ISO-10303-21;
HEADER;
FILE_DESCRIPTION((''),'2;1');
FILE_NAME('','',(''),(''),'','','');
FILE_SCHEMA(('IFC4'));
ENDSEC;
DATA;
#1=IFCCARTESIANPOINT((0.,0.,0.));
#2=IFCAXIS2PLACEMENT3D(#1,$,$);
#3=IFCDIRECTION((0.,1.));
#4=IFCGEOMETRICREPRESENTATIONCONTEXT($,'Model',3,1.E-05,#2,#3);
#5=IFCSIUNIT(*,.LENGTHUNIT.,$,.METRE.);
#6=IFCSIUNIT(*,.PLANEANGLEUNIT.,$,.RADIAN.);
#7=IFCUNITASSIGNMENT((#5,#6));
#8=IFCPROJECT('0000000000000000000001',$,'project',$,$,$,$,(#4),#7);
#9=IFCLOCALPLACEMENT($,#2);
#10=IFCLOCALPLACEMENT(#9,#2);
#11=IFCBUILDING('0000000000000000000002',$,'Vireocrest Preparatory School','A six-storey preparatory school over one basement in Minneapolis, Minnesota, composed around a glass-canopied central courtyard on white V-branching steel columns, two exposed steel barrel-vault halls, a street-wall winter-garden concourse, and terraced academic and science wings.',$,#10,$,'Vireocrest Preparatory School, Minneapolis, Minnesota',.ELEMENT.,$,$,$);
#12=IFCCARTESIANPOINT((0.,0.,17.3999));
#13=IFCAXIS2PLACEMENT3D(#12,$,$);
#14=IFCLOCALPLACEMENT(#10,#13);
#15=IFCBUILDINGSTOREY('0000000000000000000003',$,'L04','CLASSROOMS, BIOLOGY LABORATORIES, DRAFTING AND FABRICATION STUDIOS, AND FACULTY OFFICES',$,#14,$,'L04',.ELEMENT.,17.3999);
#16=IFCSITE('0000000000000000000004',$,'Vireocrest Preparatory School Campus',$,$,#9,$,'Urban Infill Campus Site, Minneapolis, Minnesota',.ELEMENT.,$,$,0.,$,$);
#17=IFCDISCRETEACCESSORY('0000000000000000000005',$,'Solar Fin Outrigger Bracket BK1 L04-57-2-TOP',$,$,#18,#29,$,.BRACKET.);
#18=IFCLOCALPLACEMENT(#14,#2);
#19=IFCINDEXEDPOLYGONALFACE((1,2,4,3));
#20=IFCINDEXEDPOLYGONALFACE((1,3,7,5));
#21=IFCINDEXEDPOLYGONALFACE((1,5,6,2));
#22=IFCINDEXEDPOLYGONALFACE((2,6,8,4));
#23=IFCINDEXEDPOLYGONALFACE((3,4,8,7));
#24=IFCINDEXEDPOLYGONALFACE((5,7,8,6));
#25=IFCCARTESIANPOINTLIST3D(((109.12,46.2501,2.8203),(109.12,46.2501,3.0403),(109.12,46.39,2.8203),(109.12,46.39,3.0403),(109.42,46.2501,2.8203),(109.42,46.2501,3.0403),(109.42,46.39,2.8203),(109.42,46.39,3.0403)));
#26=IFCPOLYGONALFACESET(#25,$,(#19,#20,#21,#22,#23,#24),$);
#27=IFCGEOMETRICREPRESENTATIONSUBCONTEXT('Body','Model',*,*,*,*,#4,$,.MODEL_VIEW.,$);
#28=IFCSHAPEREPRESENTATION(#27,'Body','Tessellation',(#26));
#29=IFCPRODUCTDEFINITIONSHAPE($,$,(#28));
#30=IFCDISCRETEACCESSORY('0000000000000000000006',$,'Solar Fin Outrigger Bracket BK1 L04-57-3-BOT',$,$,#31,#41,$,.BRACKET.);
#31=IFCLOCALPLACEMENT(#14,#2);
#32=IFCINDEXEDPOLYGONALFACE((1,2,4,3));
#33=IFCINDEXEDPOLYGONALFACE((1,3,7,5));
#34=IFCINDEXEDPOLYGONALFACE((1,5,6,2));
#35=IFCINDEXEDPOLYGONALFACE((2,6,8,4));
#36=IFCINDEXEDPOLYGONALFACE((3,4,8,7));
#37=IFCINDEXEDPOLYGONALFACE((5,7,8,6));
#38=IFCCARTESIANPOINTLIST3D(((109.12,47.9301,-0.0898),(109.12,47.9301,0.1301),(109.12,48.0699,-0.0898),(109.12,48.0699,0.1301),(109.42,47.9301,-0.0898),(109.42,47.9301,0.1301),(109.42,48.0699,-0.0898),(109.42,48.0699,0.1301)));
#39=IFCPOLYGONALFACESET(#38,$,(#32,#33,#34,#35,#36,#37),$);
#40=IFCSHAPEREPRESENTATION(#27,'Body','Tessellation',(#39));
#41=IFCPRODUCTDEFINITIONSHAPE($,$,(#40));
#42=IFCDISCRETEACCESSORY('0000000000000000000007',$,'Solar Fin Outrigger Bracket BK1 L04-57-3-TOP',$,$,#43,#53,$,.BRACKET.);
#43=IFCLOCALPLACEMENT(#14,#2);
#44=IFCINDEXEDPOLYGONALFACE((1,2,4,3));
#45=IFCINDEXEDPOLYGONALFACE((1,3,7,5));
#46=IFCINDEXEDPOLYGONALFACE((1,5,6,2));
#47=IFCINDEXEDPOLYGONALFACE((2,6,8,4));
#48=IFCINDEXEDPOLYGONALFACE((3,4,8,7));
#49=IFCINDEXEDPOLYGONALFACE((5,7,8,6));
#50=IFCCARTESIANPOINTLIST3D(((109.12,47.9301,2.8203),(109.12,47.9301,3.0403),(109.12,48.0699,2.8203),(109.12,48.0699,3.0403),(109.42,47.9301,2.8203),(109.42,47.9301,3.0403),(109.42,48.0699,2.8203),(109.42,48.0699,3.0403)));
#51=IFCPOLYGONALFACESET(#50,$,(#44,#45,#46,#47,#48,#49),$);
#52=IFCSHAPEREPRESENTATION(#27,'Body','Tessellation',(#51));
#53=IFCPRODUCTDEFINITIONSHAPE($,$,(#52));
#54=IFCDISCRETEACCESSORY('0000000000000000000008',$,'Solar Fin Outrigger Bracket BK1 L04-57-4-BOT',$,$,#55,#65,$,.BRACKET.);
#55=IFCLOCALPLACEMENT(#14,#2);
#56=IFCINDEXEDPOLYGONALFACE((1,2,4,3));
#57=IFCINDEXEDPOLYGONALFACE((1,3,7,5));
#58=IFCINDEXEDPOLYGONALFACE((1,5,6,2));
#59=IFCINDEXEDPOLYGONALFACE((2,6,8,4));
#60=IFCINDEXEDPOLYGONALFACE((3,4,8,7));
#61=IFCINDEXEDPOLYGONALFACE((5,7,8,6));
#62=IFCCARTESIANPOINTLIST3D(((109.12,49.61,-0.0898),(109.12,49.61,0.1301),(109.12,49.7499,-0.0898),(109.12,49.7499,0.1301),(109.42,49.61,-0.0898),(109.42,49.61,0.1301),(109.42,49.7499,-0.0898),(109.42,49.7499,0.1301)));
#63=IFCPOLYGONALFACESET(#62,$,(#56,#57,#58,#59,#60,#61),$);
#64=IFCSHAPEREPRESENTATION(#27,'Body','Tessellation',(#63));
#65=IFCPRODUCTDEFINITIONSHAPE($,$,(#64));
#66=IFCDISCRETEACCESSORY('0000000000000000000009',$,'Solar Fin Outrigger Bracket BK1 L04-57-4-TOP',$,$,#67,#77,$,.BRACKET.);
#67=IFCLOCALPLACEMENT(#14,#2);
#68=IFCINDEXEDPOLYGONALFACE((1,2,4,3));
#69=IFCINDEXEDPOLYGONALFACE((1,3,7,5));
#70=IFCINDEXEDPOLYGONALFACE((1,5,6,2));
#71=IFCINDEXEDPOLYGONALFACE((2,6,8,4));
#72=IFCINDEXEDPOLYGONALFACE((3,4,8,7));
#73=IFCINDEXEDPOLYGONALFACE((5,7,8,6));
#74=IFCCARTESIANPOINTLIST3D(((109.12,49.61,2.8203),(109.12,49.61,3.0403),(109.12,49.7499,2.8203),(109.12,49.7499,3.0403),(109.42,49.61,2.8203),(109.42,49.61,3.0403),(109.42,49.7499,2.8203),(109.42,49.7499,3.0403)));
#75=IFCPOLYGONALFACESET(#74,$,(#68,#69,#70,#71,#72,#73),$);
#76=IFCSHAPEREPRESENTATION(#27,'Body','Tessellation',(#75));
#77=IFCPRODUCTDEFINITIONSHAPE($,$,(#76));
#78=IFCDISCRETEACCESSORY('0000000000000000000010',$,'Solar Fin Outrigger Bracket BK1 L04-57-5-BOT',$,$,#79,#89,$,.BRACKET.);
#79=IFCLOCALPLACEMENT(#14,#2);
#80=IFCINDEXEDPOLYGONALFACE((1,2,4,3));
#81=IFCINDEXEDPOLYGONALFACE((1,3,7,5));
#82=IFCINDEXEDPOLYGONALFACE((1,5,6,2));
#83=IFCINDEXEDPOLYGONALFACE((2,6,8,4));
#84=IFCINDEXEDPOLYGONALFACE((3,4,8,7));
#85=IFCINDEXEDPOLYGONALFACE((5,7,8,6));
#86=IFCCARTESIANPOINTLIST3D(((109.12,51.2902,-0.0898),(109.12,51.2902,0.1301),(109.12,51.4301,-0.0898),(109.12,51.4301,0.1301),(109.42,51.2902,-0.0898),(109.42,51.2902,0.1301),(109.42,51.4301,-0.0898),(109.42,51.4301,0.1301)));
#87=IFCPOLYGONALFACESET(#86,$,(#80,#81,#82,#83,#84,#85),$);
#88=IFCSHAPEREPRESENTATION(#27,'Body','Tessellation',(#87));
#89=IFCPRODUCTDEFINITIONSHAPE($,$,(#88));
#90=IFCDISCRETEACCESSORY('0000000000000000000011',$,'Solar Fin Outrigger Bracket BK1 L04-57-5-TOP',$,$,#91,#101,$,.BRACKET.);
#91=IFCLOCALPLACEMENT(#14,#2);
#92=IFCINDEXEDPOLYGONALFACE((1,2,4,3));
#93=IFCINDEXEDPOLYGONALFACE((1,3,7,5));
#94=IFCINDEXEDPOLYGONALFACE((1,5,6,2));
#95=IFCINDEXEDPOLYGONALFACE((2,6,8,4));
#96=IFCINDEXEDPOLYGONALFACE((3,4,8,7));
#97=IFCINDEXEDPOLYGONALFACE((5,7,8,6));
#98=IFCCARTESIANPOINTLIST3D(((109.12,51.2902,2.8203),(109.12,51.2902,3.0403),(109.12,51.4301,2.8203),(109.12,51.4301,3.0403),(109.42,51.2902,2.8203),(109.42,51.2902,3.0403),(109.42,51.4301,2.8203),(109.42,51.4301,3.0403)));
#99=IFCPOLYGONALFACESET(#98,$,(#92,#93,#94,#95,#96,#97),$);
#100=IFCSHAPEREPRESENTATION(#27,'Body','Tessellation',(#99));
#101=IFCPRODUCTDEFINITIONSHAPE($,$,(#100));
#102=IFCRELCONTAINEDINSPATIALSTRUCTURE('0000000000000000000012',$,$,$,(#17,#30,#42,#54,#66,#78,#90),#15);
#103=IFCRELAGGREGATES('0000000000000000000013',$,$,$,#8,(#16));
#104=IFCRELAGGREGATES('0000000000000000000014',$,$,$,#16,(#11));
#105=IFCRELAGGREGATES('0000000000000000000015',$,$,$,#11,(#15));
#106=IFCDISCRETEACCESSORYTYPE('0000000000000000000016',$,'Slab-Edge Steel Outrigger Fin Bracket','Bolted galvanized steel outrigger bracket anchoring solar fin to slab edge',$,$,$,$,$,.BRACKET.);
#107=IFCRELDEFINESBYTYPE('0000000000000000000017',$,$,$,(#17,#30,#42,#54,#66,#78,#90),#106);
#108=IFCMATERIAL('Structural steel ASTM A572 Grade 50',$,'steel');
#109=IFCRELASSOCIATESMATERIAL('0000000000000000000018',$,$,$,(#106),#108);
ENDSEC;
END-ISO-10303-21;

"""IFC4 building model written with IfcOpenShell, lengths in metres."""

from ifc_helpers import new_model, si_unit, direction, frame, origin, origin_2d, place, context, subcontext, project, spatial, rectangle, extrude, material, type_object, element, save


model = new_model("IFC4")

# Units and contexts
model_context = context("Model", 3, precision=1e-05, world=origin(), true_north=direction((0.0, 1.0)))
body_context = subcontext(model_context, "Body", "Model", "MODEL_VIEW")
ifc_project = project(units=[si_unit("LENGTHUNIT", "METRE"), si_unit("PLANEANGLEUNIT", "RADIAN")], contexts=[model_context])

# Site, building, storey
site_placement = place(None, origin())
site = spatial("IfcSite", under=ifc_project, at=site_placement, Name="Vireocrest Preparatory School Campus", LongName="Urban Infill Campus Site, Minneapolis, Minnesota", CompositionType="ELEMENT", RefElevation=0.0)
building_placement = place(site_placement, origin())
building = spatial("IfcBuilding", under=site, at=building_placement, Name="Vireocrest Preparatory School", Description="A six-storey preparatory school over one basement in Minneapolis, Minnesota, composed around a glass-canopied central courtyard on white V-branching steel columns, two exposed steel barrel-vault halls, a street-wall winter-garden concourse, and terraced academic and science wings.", LongName="Vireocrest Preparatory School, Minneapolis, Minnesota", CompositionType="ELEMENT")
storey_placement = place(building_placement, frame((0.0, 0.0, 17.3999)))
storey = spatial("IfcBuildingStorey", under=building, at=storey_placement, Name="L04", Description="CLASSROOMS, BIOLOGY LABORATORIES, DRAFTING AND FABRICATION STUDIOS, AND FACULTY OFFICES", LongName="L04", CompositionType="ELEMENT", Elevation=17.3999)

# Discrete accessories
ifc_material_1 = material(Name="Structural steel ASTM A572 Grade 50", Category="steel")
discrete_accessory_type = type_object("IfcDiscreteAccessoryType", Name="Slab-Edge Steel Outrigger Fin Bracket", Description="Bolted galvanized steel outrigger bracket anchoring solar fin to slab edge", PredefinedType="BRACKET", material=ifc_material_1)
for number, where, z_axis, x_axis, name in (
    (1, (109.27, 46.3201, 2.8203), (0.0, 0.0, 1.0), (0.0, -1.0, 0.0), "Solar Fin Outrigger Bracket BK1 L04-57-2-TOP"),
    (2, (109.27, 48.0, -0.0898), (0.0, 0.0, 1.0), (0.0, -1.0, 0.0), "Solar Fin Outrigger Bracket BK1 L04-57-3-BOT"),
    (3, (109.27, 48.0, 2.8203), (0.0, 0.0, 1.0), (0.0, -1.0, 0.0), "Solar Fin Outrigger Bracket BK1 L04-57-3-TOP"),
    (4, (109.27, 49.6799, -0.0898), (0.0, 0.0, 1.0), (0.0, -1.0, 0.0), "Solar Fin Outrigger Bracket BK1 L04-57-4-BOT"),
    (5, (109.27, 49.6799, 2.8203), (0.0, 0.0, 1.0), (0.0, -1.0, 0.0), "Solar Fin Outrigger Bracket BK1 L04-57-4-TOP"),
    (6, (109.27, 51.3601, -0.0898), (0.0, 0.0, 1.0), (0.0, -1.0, 0.0), "Solar Fin Outrigger Bracket BK1 L04-57-5-BOT"),
    (7, (109.27, 51.3601, 2.8203), (0.0, 0.0, 1.0), (0.0, -1.0, 0.0), "Solar Fin Outrigger Bracket BK1 L04-57-5-TOP"),
):
    element("IfcDiscreteAccessory", number, at=place(storey_placement, frame(where, z_axis=z_axis, x_axis=x_axis)), inside=storey, type_object=discrete_accessory_type, Name=name, PredefinedType="BRACKET", context=body_context, shape_type="SweptSolid", body=[
        extrude(rectangle(XDim=0.1399, YDim=0.3, at=origin_2d()), origin(), (0.0, 0.0, 1.0), 0.22),
    ])

save(model, "model.ifc")
